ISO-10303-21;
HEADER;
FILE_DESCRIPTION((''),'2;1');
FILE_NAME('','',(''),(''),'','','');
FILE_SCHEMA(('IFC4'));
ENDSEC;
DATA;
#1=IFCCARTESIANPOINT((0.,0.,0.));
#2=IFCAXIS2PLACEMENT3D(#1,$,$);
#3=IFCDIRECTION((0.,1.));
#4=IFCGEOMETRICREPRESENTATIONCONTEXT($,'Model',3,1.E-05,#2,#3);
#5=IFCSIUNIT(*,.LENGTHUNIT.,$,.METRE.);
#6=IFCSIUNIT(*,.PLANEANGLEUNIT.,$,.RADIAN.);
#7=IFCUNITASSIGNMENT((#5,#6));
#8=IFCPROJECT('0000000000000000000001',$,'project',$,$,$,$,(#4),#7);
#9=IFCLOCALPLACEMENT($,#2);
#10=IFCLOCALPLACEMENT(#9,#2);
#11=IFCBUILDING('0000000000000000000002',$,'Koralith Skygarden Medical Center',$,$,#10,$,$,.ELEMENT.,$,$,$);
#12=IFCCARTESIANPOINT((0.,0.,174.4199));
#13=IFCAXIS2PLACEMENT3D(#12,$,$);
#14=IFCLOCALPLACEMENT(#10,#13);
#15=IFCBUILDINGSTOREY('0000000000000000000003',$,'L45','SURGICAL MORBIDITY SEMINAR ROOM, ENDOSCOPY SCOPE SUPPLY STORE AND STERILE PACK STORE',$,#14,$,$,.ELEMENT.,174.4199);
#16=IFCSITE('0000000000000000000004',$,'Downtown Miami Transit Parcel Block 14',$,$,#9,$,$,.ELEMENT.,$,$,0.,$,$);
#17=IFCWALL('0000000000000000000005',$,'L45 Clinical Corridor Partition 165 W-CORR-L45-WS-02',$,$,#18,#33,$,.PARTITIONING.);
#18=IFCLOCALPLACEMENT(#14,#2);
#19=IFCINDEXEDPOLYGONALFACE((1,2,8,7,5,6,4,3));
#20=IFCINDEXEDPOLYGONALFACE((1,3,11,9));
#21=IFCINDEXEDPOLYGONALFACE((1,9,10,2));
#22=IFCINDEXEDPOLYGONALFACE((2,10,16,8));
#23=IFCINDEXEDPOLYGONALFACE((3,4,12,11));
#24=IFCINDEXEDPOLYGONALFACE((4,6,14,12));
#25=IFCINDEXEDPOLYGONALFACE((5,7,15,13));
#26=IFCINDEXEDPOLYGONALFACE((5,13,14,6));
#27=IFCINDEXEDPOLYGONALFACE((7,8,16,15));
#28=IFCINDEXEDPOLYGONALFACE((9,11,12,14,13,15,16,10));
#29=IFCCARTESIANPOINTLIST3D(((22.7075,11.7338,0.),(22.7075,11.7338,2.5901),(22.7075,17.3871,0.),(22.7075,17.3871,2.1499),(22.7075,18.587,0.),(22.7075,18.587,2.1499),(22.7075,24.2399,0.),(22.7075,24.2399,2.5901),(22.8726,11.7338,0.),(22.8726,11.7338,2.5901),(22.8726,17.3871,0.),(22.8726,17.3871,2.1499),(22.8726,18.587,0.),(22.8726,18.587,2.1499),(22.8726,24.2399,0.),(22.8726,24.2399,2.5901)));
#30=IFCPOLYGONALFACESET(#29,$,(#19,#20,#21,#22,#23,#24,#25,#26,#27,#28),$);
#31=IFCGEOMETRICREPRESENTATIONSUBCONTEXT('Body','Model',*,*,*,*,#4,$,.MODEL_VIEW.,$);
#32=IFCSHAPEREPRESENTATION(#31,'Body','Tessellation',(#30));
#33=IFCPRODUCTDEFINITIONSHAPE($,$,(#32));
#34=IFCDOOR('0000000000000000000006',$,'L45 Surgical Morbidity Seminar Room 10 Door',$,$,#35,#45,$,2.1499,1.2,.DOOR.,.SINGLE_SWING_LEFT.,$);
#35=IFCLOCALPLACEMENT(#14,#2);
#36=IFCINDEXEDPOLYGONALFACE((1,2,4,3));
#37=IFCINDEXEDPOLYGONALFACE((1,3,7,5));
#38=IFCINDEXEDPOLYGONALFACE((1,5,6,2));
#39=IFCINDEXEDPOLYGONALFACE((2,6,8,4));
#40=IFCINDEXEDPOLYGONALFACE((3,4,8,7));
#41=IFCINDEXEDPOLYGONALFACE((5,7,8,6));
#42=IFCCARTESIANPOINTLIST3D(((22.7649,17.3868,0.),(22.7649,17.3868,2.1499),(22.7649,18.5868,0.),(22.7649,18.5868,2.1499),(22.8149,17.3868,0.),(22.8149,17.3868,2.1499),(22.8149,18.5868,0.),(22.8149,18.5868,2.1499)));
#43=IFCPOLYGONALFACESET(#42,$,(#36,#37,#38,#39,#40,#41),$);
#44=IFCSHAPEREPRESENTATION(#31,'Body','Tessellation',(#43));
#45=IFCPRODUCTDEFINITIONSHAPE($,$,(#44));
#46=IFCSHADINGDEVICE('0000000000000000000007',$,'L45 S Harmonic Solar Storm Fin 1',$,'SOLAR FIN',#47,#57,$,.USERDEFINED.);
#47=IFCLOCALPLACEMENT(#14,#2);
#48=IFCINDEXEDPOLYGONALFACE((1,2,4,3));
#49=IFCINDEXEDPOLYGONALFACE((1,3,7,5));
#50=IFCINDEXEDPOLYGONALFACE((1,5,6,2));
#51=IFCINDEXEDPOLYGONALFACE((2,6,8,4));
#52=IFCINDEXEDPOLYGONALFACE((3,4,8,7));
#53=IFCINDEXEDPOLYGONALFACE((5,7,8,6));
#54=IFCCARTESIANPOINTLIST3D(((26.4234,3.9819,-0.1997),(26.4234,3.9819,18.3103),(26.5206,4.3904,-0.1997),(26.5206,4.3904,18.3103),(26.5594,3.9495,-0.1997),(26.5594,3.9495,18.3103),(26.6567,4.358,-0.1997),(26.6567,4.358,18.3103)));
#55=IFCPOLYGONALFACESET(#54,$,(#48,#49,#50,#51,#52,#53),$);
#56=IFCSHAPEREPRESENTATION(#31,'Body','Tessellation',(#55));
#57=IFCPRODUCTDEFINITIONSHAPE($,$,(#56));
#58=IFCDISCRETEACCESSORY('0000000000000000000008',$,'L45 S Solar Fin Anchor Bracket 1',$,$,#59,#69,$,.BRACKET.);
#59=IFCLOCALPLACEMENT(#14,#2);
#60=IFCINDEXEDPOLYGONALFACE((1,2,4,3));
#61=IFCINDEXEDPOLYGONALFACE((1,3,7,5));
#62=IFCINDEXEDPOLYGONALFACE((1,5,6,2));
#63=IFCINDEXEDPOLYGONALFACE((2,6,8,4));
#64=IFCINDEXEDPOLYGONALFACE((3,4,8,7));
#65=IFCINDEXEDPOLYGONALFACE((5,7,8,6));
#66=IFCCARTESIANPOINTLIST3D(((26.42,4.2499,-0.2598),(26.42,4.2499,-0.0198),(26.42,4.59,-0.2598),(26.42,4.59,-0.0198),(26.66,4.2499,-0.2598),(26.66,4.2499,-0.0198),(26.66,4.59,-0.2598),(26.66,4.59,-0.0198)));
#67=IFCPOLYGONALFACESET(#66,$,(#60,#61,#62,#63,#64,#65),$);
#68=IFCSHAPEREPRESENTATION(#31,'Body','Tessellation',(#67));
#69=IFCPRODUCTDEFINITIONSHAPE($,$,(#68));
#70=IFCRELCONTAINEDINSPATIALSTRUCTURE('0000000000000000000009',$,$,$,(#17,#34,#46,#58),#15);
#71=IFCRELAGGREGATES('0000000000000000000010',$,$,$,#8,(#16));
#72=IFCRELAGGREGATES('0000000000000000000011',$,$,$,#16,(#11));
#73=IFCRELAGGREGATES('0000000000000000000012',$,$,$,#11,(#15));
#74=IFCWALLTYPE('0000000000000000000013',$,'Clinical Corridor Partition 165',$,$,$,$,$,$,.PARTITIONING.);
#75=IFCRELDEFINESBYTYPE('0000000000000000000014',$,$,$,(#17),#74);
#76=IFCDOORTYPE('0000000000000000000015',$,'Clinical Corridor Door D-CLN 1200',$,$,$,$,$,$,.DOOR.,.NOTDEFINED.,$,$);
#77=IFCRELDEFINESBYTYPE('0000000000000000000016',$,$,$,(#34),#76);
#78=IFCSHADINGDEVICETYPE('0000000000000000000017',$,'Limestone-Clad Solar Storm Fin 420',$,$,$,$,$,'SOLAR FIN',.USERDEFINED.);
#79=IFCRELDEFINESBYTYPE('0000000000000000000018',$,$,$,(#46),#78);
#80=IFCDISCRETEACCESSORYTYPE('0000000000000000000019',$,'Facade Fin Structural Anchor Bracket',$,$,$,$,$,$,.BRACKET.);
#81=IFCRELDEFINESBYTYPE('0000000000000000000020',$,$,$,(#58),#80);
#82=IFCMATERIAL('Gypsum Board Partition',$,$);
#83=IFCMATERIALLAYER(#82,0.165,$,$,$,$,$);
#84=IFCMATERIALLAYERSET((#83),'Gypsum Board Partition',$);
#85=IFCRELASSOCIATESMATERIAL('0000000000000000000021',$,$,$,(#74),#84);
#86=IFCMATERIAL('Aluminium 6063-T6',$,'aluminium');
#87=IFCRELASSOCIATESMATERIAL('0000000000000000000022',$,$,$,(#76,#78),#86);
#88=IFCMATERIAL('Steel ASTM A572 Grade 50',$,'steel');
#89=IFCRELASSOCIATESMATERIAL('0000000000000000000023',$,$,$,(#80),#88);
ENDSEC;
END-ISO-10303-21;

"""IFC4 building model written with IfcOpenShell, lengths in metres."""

from ifc_helpers import new_model, si_unit, direction, frame, frame_2d, origin, origin_2d, place, context, subcontext, project, spatial, rectangle, extrude, material, layer, layer_set, type_object, element, fill, save


model = new_model("IFC4")

# Units and contexts
model_context = context("Model", 3, precision=1e-05, world=origin(), true_north=direction((0.0, 1.0)))
body_context = subcontext(model_context, "Body", "Model", "MODEL_VIEW")
ifc_project = project(units=[si_unit("LENGTHUNIT", "METRE"), si_unit("PLANEANGLEUNIT", "RADIAN")], contexts=[model_context])

# Site, building, storey
site_placement = place(None, origin())
site = spatial("IfcSite", under=ifc_project, at=site_placement, Name="Downtown Miami Transit Parcel Block 14", CompositionType="ELEMENT", RefElevation=0.0)
building_placement = place(site_placement, origin())
building = spatial("IfcBuilding", under=site, at=building_placement, Name="Koralith Skygarden Medical Center", CompositionType="ELEMENT")
storey_placement = place(building_placement, frame((0.0, 0.0, 174.4199)))
storey = spatial("IfcBuildingStorey", under=building, at=storey_placement, Name="L45", Description="SURGICAL MORBIDITY SEMINAR ROOM, ENDOSCOPY SCOPE SUPPLY STORE AND STERILE PACK STORE", CompositionType="ELEMENT", Elevation=174.4199)

# Shared definitions
ifc_material_1 = material(Name="Aluminium 6063-T6", Category="aluminium")

# Shared definitions
ifc_material_2 = material(Name="Gypsum Board Partition")
ifc_layer_1 = layer(ifc_material_2, 0.165)
ifc_layer_set_1 = layer_set([ifc_layer_1], Name="Gypsum Board Partition")
wall_type_1 = type_object("IfcWallType", Name="Clinical Corridor Partition 165", PredefinedType="PARTITIONING", material=ifc_layer_set_1)

# Wall, opening, door
door_type = type_object("IfcDoorType", Name="Clinical Corridor Door D-CLN 1200", OperationType="NOTDEFINED", PredefinedType="DOOR", material=ifc_material_1)
wall_1_placement = place(storey_placement, frame((22.79, 11.7339, 0.0), z_axis=(0.0, 0.0, 1.0), x_axis=(0.0, 1.0, 0.0)))
wall_1 = element("IfcWall", 1, at=wall_1_placement, inside=storey, type_object=wall_type_1, Name="L45 Clinical Corridor Partition 165 W-CORR-L45-WS-02", PredefinedType="PARTITIONING", context=body_context, shape_type="SweptSolid", body=[
    extrude(rectangle(XDim=12.5061, YDim=0.165, at=frame_2d((6.2529, 0.0))), origin(), (0.0, 0.0, 1.0), 2.5901),
])
opening_1_placement = place(wall_1_placement, frame((5.6531, 0.0, 0.0)))
opening_1 = element("IfcOpeningElement", 2, at=opening_1_placement, cuts=wall_1, PredefinedType="OPENING", context=body_context, shape_type="SweptSolid", body=[
    extrude(rectangle(XDim=1.2, YDim=2.1499, at=frame_2d((0.6001, 1.075))), frame((0.0, 0.0925, 0.0), z_axis=(0.0, -1.0, 0.0), x_axis=(1.0, 0.0, 0.0)), (0.0, 0.0, 1.0), 0.1851),
])
door_1_placement = place(opening_1_placement, frame((1.2, 0.0, 0.0), z_axis=(0.0, 0.0, 1.0), x_axis=(-1.0, 0.0, 0.0)))
door_1 = element("IfcDoor", 3, at=door_1_placement, inside=storey, type_object=door_type, Name="L45 Surgical Morbidity Seminar Room 10 Door", OperationType="SINGLE_SWING_LEFT", OverallHeight=2.1499, OverallWidth=1.2, PredefinedType="DOOR", context=body_context, shape_type="SweptSolid", body=[
    extrude(rectangle(XDim=1.2, YDim=2.1499, at=frame_2d((0.6001, 1.075))), frame((0.0, 0.0249, 0.0), z_axis=(0.0, -1.0, 0.0), x_axis=(1.0, 0.0, 0.0)), (0.0, 0.0, 1.0), 0.05),
])
fill(opening_1, door_1)

# Shading device
shading_device_type = type_object("IfcShadingDeviceType", Name="Limestone-Clad Solar Storm Fin 420", ElementType="SOLAR FIN", PredefinedType="USERDEFINED", material=ifc_material_1)
shading_device_placement = place(storey_placement, frame((26.54, 4.1699, -0.1997), z_axis=(0.0, 0.0, 1.0), x_axis=(-0.231646, -0.9728, 0.0)))
element("IfcShadingDevice", 4, at=shading_device_placement, inside=storey, type_object=shading_device_type, Name="L45 S Harmonic Solar Storm Fin 1", ObjectType="SOLAR FIN", PredefinedType="USERDEFINED", context=body_context, shape_type="SweptSolid", body=[
    extrude(rectangle(XDim=0.4199, YDim=0.1399, at=origin_2d()), origin(), (0.0, 0.0, 1.0), 18.51),
])

# Discrete accessory
ifc_material_3 = material(Name="Steel ASTM A572 Grade 50", Category="steel")
discrete_accessory_type = type_object("IfcDiscreteAccessoryType", Name="Facade Fin Structural Anchor Bracket", PredefinedType="BRACKET", material=ifc_material_3)
discrete_accessory_placement = place(storey_placement, frame((26.54, 4.4199, -0.2598), z_axis=(0.0, 0.0, 1.0), x_axis=(0.0, -1.0, 0.0)))
element("IfcDiscreteAccessory", 5, at=discrete_accessory_placement, inside=storey, type_object=discrete_accessory_type, Name="L45 S Solar Fin Anchor Bracket 1", PredefinedType="BRACKET", context=body_context, shape_type="SweptSolid", body=[
    extrude(rectangle(XDim=0.3401, YDim=0.24, at=origin_2d()), origin(), (0.0, 0.0, 1.0), 0.24),
])

save(model, "model.ifc")
